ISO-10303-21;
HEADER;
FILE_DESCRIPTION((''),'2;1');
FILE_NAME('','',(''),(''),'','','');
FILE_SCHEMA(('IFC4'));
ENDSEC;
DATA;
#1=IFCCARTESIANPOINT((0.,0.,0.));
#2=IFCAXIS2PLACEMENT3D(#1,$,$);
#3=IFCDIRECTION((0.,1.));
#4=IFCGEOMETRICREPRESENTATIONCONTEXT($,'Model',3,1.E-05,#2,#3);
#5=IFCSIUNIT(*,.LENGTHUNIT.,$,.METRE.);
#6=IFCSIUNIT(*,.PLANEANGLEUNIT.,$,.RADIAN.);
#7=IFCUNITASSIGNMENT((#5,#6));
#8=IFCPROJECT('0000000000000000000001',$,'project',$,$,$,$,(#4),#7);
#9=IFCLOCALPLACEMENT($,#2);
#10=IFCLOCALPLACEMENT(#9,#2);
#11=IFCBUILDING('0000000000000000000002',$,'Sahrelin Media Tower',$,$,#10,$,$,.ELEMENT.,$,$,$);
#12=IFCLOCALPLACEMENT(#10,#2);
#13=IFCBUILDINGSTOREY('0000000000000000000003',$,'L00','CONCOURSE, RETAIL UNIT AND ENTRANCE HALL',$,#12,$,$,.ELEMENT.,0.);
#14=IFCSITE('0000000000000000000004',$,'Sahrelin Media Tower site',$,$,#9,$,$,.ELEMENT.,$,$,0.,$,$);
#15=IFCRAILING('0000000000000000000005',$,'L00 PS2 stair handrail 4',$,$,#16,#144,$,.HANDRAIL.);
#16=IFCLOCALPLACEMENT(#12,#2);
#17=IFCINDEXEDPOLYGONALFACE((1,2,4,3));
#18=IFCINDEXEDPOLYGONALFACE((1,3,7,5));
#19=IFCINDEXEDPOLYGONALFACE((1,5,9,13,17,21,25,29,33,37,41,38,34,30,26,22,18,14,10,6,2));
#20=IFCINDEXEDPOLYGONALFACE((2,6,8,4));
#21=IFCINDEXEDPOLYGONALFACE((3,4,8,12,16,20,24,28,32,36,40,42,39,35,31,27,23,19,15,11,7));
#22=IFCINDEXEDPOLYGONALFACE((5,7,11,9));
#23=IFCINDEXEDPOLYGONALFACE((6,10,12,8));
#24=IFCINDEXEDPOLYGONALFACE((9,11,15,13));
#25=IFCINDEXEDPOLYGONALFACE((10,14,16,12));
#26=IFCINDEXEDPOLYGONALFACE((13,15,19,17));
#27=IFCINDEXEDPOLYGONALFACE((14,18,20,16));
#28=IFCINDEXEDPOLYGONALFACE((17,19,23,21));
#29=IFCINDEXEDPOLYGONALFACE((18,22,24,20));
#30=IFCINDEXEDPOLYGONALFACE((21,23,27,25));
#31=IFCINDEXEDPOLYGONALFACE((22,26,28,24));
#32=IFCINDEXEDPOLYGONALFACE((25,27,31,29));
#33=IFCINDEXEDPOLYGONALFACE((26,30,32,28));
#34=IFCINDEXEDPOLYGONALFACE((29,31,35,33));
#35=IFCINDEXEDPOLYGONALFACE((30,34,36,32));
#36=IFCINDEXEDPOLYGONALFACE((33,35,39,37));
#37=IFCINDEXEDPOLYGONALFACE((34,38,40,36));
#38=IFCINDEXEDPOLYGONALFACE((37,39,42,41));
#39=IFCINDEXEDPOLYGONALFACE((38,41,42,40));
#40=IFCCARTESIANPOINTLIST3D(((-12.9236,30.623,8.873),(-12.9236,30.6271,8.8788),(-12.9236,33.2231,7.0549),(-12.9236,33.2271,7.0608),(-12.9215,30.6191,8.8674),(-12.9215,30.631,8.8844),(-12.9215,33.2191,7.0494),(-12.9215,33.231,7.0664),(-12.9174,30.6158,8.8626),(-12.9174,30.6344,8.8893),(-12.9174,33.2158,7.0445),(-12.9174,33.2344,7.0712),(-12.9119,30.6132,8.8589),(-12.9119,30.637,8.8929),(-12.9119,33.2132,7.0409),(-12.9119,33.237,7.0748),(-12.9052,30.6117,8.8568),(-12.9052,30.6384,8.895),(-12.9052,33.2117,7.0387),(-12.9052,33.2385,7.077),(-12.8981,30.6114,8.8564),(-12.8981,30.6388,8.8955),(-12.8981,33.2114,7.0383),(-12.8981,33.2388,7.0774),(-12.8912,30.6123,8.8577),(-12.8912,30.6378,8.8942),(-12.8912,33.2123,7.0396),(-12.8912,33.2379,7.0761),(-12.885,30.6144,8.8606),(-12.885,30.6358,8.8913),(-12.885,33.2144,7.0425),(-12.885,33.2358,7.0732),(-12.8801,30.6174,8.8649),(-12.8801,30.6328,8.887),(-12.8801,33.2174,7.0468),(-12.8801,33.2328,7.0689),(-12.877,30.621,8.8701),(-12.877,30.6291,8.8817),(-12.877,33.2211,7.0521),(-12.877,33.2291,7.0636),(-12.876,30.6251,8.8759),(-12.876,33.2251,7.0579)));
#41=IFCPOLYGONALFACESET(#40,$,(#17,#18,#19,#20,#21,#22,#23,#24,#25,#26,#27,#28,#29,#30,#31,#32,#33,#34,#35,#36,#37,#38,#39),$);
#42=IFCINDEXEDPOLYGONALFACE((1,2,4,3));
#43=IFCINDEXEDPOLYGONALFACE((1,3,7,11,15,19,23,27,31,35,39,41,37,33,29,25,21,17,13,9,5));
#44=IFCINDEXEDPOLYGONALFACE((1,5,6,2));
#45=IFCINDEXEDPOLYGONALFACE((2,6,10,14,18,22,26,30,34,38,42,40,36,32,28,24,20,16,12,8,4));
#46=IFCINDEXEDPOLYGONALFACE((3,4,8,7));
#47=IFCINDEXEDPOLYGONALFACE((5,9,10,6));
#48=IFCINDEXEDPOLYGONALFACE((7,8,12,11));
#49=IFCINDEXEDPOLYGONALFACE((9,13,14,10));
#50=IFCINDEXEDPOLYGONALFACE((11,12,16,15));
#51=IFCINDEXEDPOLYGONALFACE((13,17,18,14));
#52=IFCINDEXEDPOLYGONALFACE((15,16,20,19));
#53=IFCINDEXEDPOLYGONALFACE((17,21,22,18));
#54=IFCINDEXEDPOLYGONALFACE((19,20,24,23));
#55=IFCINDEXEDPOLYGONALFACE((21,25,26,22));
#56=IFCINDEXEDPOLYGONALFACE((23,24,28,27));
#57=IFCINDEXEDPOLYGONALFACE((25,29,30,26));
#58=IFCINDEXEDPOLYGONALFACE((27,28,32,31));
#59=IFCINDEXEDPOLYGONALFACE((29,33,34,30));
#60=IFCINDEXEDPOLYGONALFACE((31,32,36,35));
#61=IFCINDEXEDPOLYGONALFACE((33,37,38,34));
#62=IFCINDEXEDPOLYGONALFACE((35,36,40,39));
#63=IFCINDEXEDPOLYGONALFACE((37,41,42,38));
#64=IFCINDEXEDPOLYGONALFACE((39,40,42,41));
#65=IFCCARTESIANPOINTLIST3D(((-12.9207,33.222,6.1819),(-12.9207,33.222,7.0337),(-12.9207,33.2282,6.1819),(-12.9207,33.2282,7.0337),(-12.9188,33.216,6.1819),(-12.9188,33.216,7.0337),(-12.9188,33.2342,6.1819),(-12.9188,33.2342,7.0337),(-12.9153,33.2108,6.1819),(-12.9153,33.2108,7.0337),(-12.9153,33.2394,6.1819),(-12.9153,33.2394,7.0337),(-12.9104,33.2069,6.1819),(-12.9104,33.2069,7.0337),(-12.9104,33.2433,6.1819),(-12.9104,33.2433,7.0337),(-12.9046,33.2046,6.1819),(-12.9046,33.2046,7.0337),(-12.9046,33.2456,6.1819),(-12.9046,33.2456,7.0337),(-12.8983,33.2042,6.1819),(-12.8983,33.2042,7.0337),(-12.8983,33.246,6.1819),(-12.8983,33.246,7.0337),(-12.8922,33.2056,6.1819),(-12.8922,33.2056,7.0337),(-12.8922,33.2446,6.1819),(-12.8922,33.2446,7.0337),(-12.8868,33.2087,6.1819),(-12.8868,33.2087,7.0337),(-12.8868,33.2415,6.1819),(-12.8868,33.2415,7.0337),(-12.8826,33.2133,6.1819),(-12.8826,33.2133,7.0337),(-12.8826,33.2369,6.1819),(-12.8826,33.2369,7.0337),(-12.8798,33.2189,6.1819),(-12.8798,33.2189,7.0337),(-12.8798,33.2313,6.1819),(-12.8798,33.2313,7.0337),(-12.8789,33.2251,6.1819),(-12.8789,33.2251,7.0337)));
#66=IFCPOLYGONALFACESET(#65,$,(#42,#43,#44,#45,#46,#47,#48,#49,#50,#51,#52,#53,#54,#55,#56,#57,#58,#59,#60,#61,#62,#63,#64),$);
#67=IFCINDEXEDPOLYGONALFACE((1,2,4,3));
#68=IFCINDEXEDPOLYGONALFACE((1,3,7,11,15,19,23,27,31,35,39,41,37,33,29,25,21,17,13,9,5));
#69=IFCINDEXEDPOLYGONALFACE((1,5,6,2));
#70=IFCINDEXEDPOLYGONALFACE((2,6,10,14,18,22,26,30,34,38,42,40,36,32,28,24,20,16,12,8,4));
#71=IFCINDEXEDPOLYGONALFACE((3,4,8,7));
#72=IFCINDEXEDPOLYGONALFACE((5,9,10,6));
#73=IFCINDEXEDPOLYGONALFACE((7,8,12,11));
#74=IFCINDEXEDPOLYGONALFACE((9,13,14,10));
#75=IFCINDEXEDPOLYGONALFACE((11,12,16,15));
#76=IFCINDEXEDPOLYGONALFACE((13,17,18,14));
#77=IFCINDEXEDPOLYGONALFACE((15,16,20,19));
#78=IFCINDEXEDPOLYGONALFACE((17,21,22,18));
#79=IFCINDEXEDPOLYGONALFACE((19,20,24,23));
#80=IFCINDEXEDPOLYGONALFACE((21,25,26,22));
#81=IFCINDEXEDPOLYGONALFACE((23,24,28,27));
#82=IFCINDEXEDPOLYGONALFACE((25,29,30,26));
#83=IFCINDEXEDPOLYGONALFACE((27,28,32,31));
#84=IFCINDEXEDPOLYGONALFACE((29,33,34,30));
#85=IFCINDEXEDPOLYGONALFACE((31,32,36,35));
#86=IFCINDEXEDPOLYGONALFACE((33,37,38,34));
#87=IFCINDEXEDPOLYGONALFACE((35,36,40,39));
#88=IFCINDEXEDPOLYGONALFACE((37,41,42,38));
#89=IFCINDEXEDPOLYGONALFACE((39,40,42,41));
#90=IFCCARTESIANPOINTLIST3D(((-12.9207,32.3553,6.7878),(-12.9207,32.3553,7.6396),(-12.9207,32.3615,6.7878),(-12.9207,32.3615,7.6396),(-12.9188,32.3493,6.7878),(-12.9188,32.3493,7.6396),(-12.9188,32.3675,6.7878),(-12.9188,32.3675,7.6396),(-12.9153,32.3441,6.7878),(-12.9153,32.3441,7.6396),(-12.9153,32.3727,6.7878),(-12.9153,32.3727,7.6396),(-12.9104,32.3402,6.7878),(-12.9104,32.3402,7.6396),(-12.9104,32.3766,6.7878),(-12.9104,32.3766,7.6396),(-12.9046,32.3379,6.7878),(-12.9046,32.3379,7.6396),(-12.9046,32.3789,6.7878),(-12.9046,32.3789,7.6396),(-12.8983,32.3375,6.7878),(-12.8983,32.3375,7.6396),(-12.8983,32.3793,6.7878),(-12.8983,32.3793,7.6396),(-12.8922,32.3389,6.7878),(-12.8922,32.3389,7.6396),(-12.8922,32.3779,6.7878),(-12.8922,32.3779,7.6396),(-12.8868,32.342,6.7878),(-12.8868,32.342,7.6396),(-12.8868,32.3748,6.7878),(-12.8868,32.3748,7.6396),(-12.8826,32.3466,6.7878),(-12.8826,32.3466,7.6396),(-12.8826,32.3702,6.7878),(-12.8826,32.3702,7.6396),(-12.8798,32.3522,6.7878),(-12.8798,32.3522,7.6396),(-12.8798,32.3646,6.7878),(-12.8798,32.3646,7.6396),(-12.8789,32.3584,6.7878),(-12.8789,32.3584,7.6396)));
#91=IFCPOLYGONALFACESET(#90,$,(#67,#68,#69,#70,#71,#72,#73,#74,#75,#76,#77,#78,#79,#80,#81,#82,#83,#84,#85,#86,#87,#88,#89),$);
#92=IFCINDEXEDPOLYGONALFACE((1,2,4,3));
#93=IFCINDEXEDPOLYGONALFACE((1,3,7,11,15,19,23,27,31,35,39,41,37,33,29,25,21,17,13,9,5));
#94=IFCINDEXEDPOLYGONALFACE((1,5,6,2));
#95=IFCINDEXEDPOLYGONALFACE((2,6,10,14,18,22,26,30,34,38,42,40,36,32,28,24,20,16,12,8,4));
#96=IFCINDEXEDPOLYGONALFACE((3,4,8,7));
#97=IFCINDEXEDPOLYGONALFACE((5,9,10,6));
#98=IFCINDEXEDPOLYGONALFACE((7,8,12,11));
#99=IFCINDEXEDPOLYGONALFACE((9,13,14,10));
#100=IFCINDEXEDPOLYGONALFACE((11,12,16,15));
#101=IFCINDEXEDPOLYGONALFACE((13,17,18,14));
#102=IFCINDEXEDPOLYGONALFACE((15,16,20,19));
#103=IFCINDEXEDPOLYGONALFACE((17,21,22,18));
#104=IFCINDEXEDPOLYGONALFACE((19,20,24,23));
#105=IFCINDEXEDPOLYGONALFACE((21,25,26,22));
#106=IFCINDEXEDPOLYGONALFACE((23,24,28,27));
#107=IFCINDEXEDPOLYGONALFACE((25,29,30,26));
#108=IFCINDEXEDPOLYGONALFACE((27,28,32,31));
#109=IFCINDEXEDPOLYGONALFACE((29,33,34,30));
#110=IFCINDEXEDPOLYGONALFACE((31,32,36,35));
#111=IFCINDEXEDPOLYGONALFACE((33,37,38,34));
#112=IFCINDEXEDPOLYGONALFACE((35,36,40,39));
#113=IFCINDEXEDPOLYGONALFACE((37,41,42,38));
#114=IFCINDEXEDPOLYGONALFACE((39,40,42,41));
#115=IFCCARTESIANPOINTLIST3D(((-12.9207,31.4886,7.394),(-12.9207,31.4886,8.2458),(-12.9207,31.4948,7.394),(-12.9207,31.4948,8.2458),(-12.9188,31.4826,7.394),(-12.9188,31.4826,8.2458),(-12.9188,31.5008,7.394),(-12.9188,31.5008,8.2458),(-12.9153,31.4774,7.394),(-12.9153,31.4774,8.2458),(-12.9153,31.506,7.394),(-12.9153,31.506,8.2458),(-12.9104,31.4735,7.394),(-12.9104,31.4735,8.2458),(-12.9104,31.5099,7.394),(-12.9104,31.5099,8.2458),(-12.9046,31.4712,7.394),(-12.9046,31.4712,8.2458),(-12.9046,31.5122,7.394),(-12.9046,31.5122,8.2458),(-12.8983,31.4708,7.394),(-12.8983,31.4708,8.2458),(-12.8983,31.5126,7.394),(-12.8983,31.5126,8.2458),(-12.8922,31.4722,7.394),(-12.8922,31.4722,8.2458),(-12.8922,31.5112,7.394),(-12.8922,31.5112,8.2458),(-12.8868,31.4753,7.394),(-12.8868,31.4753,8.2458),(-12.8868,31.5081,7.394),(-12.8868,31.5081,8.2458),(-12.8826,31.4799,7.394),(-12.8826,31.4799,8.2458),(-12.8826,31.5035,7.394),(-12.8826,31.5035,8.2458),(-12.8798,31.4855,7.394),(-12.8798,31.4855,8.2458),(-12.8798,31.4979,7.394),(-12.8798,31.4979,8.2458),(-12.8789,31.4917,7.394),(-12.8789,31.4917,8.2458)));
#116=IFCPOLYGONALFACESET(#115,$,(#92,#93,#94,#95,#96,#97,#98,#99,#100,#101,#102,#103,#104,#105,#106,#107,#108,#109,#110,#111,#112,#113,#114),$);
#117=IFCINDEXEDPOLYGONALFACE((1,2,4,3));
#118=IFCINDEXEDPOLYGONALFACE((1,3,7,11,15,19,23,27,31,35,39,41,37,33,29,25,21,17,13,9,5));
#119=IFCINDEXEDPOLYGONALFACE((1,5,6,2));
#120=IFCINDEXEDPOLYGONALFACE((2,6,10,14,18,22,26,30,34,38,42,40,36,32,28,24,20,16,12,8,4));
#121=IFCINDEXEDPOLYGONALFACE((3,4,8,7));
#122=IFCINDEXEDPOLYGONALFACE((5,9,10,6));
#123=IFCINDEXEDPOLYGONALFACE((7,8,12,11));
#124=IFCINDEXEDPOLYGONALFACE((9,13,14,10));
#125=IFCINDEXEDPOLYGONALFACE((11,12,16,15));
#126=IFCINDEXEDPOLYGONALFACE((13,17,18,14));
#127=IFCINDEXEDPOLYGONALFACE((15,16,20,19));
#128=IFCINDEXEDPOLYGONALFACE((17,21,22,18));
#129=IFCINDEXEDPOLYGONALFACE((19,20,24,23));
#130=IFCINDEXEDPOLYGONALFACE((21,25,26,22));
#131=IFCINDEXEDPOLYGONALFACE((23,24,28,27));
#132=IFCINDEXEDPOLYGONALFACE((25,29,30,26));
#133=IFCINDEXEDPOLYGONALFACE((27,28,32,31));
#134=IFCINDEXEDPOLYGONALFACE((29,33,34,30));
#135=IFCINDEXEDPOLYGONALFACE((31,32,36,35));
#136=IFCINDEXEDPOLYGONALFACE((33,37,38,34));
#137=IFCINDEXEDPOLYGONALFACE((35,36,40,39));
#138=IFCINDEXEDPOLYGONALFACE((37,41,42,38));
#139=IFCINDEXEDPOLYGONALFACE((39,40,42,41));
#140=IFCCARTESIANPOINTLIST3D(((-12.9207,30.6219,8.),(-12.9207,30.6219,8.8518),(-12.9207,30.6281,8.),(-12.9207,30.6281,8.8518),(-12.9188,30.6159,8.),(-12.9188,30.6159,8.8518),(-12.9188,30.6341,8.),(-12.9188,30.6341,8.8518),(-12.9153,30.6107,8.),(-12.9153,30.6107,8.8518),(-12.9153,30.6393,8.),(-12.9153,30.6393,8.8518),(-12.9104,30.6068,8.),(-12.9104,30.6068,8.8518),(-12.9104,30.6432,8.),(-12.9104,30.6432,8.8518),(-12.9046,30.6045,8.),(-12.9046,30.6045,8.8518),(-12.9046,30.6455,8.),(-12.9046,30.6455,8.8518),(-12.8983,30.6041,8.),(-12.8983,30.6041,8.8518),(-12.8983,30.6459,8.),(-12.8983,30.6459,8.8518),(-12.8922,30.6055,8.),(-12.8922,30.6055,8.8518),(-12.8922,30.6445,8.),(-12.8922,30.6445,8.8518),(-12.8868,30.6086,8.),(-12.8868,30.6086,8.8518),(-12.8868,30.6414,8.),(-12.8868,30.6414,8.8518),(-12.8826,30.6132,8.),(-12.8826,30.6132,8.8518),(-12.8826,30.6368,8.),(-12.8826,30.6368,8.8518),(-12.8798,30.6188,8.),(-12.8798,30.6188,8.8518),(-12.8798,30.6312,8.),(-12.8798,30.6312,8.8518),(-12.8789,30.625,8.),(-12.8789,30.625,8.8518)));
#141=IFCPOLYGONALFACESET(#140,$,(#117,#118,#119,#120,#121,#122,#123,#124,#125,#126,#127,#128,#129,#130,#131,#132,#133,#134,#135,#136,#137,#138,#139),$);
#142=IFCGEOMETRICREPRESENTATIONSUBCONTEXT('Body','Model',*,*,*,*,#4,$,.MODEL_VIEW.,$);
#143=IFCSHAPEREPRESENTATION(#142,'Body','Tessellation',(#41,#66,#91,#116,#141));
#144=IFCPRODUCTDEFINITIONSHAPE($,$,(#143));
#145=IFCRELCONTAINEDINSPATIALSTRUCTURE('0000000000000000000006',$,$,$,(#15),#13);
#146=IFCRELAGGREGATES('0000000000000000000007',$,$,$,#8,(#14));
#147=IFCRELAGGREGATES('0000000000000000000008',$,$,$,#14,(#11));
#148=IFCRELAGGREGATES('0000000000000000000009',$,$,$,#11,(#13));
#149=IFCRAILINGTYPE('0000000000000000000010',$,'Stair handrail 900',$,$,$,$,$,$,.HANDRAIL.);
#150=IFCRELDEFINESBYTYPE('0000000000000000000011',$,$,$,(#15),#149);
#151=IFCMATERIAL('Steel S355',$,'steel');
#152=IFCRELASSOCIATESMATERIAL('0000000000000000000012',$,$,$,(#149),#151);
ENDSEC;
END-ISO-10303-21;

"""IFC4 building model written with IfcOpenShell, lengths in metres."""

from ifc_helpers import new_model, si_unit, direction, frame, origin, origin_2d, place, context, subcontext, project, spatial, circle, extrude, material, type_object, element, save


model = new_model("IFC4")

# Units and contexts
model_context = context("Model", 3, precision=1e-05, world=origin(), true_north=direction((0.0, 1.0)))
body_context = subcontext(model_context, "Body", "Model", "MODEL_VIEW")
ifc_project = project(units=[si_unit("LENGTHUNIT", "METRE"), si_unit("PLANEANGLEUNIT", "RADIAN")], contexts=[model_context])

# Site, building, storey
site_placement = place(None, origin())
site = spatial("IfcSite", under=ifc_project, at=site_placement, Name="Sahrelin Media Tower site", CompositionType="ELEMENT", RefElevation=0.0)
building_placement = place(site_placement, origin())
building = spatial("IfcBuilding", under=site, at=building_placement, Name="Sahrelin Media Tower", CompositionType="ELEMENT")
storey_placement = place(building_placement, origin())
storey = spatial("IfcBuildingStorey", under=building, at=storey_placement, Name="L00", Description="CONCOURSE, RETAIL UNIT AND ENTRANCE HALL", CompositionType="ELEMENT", Elevation=0.0)

# Shared definitions
ifc_material_1 = material(Name="Steel S355", Category="steel")

# Railing
railing_type_1 = type_object("IfcRailingType", Name="Stair handrail 900", PredefinedType="HANDRAIL", material=ifc_material_1)
railing_1_placement = place(storey_placement, frame((-12.8999, 33.2251, 6.1819)))
element("IfcRailing", 1, at=railing_1_placement, inside=storey, type_object=railing_type_1, Name="L00 PS2 stair handrail 4", PredefinedType="HANDRAIL", context=body_context, shape_type="SweptSolid", body=[
    extrude(circle(Radius=0.0239, at=origin_2d()), frame((0.0, 0.0, 0.876), z_axis=(0.0, -0.819521, 0.573049), x_axis=(1.0, 0.0, 0.0)), (0.0, 0.0, 1.0), 3.1726),
    extrude(circle(Radius=0.021, at=origin_2d()), origin(), (0.0, 0.0, 1.0), 0.8518),
    extrude(circle(Radius=0.021, at=origin_2d()), frame((0.0, -0.8667, 0.606)), (0.0, 0.0, 1.0), 0.8518),
    extrude(circle(Radius=0.021, at=origin_2d()), frame((0.0, -1.7334, 1.2122)), (0.0, 0.0, 1.0), 0.8518),
    extrude(circle(Radius=0.021, at=origin_2d()), frame((0.0, -2.6001, 1.8181)), (0.0, 0.0, 1.0), 0.8518),
])

save(model, "model.ifc")
